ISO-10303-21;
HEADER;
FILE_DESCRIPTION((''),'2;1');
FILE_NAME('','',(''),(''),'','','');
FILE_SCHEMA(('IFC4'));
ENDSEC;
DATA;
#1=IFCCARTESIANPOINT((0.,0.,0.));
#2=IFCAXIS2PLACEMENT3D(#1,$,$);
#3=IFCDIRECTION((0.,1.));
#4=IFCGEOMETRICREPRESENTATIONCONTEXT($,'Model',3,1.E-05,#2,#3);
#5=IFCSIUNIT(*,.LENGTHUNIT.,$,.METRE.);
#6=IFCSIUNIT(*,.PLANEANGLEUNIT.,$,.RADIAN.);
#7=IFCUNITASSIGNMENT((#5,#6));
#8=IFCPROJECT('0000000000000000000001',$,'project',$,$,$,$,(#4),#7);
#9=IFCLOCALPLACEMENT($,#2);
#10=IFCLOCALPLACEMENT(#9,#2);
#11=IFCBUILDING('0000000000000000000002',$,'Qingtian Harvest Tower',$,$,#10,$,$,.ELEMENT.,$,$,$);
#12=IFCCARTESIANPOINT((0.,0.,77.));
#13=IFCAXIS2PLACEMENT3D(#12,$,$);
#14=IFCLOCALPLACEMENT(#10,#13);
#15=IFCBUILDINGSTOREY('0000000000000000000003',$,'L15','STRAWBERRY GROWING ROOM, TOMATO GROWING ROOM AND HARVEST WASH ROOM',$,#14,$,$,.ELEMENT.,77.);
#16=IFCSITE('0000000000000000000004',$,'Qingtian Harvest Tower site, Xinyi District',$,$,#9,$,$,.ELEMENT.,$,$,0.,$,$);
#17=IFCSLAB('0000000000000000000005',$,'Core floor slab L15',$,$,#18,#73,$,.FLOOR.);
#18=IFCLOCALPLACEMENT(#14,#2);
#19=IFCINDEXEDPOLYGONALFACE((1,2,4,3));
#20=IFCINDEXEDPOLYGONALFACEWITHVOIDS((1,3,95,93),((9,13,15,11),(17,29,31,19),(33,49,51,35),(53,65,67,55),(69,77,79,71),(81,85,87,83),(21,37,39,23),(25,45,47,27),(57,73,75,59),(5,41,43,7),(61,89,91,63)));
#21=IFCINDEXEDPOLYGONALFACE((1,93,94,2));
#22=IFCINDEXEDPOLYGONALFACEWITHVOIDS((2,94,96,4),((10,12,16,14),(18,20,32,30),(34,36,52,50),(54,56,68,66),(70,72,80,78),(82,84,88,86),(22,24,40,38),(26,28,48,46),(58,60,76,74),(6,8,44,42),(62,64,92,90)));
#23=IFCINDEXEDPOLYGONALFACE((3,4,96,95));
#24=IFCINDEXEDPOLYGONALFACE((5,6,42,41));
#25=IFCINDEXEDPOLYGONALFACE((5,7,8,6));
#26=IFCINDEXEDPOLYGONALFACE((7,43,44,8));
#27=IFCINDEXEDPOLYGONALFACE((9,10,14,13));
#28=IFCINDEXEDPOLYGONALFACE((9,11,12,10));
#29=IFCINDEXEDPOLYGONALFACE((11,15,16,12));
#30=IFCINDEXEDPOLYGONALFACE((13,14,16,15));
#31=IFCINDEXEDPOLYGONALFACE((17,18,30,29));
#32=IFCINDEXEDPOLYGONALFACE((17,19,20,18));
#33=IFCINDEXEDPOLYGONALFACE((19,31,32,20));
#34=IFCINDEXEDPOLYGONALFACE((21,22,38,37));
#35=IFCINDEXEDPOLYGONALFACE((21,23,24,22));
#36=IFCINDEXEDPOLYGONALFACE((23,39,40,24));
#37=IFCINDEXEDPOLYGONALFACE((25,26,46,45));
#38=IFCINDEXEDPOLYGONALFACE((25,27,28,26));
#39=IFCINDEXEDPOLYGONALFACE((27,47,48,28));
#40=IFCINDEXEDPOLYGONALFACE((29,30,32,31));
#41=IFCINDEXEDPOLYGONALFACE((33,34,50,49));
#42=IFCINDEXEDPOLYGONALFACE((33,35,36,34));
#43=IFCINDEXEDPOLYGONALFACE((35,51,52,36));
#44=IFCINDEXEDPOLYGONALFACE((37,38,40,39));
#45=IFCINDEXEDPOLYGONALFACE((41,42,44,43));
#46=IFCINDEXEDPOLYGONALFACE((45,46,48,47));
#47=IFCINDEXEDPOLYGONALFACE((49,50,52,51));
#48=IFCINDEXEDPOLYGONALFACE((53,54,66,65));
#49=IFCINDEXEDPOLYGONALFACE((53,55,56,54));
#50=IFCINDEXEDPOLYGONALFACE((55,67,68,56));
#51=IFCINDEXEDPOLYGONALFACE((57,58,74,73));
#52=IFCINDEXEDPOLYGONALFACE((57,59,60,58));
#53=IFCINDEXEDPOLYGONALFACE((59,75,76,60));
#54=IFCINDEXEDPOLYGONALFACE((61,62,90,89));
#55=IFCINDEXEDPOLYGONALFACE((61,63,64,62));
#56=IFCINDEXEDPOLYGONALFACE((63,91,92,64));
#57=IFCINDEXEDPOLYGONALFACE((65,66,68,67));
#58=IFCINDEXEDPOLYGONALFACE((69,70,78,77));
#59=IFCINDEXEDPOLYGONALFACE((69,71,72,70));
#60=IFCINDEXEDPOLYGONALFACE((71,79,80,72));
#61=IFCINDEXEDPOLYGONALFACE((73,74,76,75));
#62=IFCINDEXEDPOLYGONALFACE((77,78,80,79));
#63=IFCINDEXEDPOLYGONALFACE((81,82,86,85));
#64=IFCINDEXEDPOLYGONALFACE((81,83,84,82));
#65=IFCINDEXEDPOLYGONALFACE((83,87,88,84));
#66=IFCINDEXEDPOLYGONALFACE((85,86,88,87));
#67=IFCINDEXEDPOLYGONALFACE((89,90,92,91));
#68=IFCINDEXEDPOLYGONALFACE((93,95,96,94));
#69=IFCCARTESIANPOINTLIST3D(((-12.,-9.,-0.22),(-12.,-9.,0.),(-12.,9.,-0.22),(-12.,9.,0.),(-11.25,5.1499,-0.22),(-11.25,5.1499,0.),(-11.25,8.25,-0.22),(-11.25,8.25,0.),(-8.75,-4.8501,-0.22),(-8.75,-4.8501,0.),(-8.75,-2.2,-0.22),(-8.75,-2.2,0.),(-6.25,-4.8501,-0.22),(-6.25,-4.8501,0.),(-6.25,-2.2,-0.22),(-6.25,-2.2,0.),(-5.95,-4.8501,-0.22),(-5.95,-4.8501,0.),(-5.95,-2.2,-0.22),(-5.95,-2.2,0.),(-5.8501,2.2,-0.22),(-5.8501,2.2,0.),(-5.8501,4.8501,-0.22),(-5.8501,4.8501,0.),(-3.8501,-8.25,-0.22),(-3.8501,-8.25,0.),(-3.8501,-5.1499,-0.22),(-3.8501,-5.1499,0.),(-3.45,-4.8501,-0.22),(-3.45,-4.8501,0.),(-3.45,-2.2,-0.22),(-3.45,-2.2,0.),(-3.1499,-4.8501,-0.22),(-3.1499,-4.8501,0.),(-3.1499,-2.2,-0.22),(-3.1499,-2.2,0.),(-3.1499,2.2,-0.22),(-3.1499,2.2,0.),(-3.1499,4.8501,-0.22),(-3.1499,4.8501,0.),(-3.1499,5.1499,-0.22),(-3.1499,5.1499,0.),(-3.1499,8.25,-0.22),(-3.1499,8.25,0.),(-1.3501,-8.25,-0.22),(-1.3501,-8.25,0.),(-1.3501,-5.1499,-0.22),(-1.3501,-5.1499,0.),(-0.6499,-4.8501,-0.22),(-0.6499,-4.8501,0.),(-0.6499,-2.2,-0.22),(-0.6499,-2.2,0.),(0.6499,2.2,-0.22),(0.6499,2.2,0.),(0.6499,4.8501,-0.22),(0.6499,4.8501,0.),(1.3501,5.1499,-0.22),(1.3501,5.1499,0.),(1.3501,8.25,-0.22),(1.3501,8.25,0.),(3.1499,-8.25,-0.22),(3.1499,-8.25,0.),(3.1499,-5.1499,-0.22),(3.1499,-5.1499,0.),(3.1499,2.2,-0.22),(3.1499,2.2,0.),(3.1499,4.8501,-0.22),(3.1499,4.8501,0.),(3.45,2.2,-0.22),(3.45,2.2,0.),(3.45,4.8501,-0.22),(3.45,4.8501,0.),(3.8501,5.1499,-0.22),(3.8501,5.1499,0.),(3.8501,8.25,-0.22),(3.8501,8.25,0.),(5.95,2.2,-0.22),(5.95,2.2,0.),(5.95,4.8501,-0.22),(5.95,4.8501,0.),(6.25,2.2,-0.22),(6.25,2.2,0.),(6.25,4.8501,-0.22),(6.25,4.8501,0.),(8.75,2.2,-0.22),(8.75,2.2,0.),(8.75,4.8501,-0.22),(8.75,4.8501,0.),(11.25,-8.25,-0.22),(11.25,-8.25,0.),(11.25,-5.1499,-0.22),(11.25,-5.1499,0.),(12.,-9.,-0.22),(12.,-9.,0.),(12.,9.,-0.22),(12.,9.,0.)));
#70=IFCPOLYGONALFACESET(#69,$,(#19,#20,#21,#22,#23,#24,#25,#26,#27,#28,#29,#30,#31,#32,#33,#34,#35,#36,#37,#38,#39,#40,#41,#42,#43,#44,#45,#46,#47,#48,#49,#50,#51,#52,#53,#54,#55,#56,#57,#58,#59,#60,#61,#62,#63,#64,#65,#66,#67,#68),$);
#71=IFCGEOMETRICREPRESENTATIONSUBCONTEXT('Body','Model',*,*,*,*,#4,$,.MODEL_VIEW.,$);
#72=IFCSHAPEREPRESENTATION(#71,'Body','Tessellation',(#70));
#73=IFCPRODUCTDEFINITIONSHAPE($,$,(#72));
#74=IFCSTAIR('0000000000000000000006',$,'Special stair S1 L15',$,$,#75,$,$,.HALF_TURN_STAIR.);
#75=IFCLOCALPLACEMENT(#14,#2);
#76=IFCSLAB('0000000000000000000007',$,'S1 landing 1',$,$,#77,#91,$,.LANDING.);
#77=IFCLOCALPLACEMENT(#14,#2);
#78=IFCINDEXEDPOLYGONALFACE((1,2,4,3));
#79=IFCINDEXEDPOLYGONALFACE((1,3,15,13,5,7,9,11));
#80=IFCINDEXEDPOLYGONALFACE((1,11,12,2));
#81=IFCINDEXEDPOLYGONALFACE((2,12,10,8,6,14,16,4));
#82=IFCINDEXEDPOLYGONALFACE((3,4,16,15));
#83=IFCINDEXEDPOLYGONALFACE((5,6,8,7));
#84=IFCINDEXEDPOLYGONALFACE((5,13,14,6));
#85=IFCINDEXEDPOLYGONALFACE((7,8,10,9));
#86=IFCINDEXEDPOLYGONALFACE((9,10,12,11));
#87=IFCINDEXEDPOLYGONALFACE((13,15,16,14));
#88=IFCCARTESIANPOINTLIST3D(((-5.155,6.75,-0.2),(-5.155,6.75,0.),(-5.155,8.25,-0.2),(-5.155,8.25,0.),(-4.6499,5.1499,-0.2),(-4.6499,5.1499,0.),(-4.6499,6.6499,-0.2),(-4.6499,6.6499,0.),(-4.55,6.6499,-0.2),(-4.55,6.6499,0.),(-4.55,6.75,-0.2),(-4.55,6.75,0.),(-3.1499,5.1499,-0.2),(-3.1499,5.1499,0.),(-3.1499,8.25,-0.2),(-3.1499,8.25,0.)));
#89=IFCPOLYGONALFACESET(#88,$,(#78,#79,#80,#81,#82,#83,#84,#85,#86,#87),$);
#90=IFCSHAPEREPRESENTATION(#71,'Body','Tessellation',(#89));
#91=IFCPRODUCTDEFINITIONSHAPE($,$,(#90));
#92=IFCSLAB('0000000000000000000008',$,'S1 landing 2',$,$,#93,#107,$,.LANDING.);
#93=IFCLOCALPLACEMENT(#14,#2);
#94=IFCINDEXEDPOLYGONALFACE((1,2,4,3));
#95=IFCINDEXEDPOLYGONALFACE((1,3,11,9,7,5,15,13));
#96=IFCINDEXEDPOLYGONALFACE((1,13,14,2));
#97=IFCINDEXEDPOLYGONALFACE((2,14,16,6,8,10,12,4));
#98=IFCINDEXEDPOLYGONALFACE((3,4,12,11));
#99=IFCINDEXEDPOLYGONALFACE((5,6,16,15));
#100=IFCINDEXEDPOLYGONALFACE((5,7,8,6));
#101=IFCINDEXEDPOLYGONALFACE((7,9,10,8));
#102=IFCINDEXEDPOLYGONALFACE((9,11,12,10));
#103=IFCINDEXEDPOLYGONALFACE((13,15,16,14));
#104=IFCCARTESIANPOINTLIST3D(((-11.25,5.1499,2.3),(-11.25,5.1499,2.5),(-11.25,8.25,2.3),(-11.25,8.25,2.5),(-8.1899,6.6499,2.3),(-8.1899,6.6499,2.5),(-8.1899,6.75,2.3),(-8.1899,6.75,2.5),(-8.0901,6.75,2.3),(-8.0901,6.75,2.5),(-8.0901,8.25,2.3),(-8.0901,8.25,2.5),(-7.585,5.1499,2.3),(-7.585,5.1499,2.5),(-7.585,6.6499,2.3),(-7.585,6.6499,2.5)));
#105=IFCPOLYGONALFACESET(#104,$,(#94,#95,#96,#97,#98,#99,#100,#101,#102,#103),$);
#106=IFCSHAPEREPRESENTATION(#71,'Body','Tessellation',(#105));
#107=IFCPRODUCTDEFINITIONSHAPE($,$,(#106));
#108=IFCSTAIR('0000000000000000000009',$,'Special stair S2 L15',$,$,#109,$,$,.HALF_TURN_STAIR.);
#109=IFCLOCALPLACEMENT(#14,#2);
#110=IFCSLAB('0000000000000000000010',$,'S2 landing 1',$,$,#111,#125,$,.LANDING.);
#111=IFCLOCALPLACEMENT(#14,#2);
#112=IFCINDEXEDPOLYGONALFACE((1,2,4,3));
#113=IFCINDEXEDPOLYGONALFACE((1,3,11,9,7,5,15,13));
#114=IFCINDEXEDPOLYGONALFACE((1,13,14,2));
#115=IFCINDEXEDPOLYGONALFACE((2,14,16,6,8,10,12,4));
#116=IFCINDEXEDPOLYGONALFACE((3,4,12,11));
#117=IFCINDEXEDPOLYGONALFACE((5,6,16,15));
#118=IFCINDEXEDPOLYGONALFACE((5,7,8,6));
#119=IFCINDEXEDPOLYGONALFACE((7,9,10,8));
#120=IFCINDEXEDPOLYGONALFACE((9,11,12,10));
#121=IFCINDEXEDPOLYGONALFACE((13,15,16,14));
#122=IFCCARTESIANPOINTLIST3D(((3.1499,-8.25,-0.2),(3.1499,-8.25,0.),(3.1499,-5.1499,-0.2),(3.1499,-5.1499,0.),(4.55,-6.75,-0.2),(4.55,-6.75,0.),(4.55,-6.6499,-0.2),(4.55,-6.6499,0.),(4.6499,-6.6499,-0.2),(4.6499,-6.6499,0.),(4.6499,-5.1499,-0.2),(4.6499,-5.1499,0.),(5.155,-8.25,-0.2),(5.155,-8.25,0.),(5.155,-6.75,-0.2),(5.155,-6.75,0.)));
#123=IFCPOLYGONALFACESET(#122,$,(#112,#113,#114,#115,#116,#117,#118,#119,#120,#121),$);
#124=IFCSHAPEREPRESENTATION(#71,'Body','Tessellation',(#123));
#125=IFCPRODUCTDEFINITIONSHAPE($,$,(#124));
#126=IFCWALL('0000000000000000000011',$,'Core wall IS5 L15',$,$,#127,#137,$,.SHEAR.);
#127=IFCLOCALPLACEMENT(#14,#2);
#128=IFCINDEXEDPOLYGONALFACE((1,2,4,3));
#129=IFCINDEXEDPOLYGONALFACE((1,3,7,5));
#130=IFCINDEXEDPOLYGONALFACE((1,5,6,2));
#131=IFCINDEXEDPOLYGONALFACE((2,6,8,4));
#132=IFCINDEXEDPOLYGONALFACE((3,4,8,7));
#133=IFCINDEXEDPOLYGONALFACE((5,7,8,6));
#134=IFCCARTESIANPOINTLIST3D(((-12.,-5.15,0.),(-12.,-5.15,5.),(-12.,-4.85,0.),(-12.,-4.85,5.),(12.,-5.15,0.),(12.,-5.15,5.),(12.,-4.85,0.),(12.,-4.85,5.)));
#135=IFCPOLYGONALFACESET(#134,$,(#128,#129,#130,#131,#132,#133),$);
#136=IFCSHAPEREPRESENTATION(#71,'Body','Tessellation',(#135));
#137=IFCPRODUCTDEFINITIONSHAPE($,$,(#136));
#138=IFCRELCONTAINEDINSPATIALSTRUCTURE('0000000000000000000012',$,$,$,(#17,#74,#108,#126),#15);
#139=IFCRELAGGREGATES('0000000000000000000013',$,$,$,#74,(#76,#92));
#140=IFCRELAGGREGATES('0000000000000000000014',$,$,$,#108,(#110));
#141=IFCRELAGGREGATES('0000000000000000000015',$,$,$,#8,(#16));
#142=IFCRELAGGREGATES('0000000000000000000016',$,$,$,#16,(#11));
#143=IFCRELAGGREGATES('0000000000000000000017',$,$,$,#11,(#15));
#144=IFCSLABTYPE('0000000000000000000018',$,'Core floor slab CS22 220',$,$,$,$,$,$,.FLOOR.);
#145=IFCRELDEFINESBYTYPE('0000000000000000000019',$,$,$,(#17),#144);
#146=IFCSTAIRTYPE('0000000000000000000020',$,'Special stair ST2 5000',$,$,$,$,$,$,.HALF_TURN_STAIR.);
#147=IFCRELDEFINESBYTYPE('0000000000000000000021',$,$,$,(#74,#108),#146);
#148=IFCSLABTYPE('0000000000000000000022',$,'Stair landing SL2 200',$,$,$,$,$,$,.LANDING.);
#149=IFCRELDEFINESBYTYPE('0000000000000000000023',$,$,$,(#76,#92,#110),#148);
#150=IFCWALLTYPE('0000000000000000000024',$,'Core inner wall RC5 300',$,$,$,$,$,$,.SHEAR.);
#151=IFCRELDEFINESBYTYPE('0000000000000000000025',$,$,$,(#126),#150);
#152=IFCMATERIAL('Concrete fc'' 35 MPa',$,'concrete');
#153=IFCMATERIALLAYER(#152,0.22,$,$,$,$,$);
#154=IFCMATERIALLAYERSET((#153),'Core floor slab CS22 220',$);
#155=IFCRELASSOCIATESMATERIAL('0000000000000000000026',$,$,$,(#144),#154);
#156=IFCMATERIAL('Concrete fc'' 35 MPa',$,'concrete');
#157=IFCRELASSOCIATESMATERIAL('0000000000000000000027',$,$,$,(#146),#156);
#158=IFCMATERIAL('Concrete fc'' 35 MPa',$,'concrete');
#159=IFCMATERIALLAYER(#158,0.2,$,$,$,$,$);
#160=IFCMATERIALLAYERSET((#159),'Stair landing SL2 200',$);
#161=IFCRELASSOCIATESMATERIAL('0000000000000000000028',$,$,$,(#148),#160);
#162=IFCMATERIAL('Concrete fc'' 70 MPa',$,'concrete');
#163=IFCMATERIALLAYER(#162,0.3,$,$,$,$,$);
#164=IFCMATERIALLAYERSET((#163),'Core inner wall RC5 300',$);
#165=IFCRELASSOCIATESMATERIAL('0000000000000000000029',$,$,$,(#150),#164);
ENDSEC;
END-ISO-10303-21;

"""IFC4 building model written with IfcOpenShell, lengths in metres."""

from ifc_helpers import new_model, si_unit, direction, frame, frame_2d, origin, place, context, subcontext, project, spatial, polyline, rectangle, outline, extrude, material, layer, layer_set, type_object, element, aggregate, save


model = new_model("IFC4")

# Units and contexts
model_context = context("Model", 3, precision=1e-05, world=origin(), true_north=direction((0.0, 1.0)))
body_context = subcontext(model_context, "Body", "Model", "MODEL_VIEW")
ifc_project = project(units=[si_unit("LENGTHUNIT", "METRE"), si_unit("PLANEANGLEUNIT", "RADIAN")], contexts=[model_context])

# Site, building, storey
site_placement = place(None, origin())
site = spatial("IfcSite", under=ifc_project, at=site_placement, Name="Qingtian Harvest Tower site, Xinyi District", CompositionType="ELEMENT", RefElevation=0.0)
building_placement = place(site_placement, origin())
building = spatial("IfcBuilding", under=site, at=building_placement, Name="Qingtian Harvest Tower", CompositionType="ELEMENT")
storey_placement = place(building_placement, frame((0.0, 0.0, 77.0)))
storey = spatial("IfcBuildingStorey", under=building, at=storey_placement, Name="L15", Description="STRAWBERRY GROWING ROOM, TOMATO GROWING ROOM AND HARVEST WASH ROOM", CompositionType="ELEMENT", Elevation=77.0)

# Slab
ifc_material_1 = material(Name="Concrete fc' 35 MPa", Category="concrete")
ifc_layer_1 = layer(ifc_material_1, 0.22)
ifc_layer_set_1 = layer_set([ifc_layer_1], Name="Core floor slab CS22 220")
slab_type_1 = type_object("IfcSlabType", Name="Core floor slab CS22 220", PredefinedType="FLOOR", material=ifc_layer_set_1)
slab_1_placement = place(storey_placement, frame((0.0, 0.0, -0.22)))
element("IfcSlab", 1, at=slab_1_placement, inside=storey, type_object=slab_type_1, Name="Core floor slab L15", PredefinedType="FLOOR", context=body_context, shape_type="SweptSolid", body=[
    extrude(outline(polyline([(-12.0, -9.0), (12.0, -9.0), (12.0, 9.0), (-12.0, 9.0), (-12.0, -9.0)]), holes=[polyline([(-11.25, 5.1499), (-3.1499, 5.1499), (-3.1499, 8.25), (-11.25, 8.25), (-11.25, 5.1499)]), polyline([(3.1499, -8.25), (11.25, -8.25), (11.25, -5.1499), (3.1499, -5.1499), (3.1499, -8.25)]), polyline([(1.3501, 5.1499), (3.8501, 5.1499), (3.8501, 8.25), (1.3501, 8.25), (1.3501, 5.1499)]), polyline([(-3.8501, -8.25), (-1.3501, -8.25), (-1.3501, -5.1499), (-3.8501, -5.1499), (-3.8501, -8.25)]), polyline([(-5.8501, 2.2), (-3.1499, 2.2), (-3.1499, 4.8501), (-5.8501, 4.8501), (-5.8501, 2.2)]), polyline([(0.6499, 2.2), (3.1499, 2.2), (3.1499, 4.8501), (0.6499, 4.8501), (0.6499, 2.2)]), polyline([(3.45, 2.2), (5.95, 2.2), (5.95, 4.8501), (3.45, 4.8501), (3.45, 2.2)]), polyline([(6.25, 2.2), (8.75, 2.2), (8.75, 4.8501), (6.25, 4.8501), (6.25, 2.2)]), polyline([(-8.75, -4.8501), (-6.25, -4.8501), (-6.25, -2.2), (-8.75, -2.2), (-8.75, -4.8501)]), polyline([(-5.95, -4.8501), (-3.45, -4.8501), (-3.45, -2.2), (-5.95, -2.2), (-5.95, -4.8501)]), polyline([(-3.1499, -4.8501), (-0.6499, -4.8501), (-0.6499, -2.2), (-3.1499, -2.2), (-3.1499, -4.8501)])]), origin(), (0.0, 0.0, 1.0), 0.22),
])

# Stair, slabs
ifc_material_2 = material(Name="Concrete fc' 35 MPa", Category="concrete")
stair_type = type_object("IfcStairType", Name="Special stair ST2 5000", PredefinedType="HALF_TURN_STAIR", material=ifc_material_2)
stair_1_placement = place(storey_placement, origin())
stair_1 = element("IfcStair", 2, at=stair_1_placement, inside=storey, type_object=stair_type, Name="Special stair S1 L15", PredefinedType="HALF_TURN_STAIR")
ifc_material_3 = material(Name="Concrete fc' 35 MPa", Category="concrete")
ifc_layer_2 = layer(ifc_material_3, 0.2)
ifc_layer_set_2 = layer_set([ifc_layer_2], Name="Stair landing SL2 200")
slab_type_2 = type_object("IfcSlabType", Name="Stair landing SL2 200", PredefinedType="LANDING", material=ifc_layer_set_2)
slab_2_placement = place(storey_placement, frame((0.0, 0.0, -0.2)))
slab_2 = element("IfcSlab", 3, at=slab_2_placement, type_object=slab_type_2, Name="S1 landing 1", PredefinedType="LANDING", context=body_context, shape_type="SweptSolid", body=[
    extrude(outline(polyline([(-4.6499, 5.1499), (-4.6499, 6.6499), (-4.55, 6.6499), (-4.55, 6.75), (-5.155, 6.75), (-5.155, 8.25), (-3.1499, 8.25), (-3.1499, 5.1499), (-4.6499, 5.1499)])), origin(), (0.0, 0.0, 1.0), 0.2),
])
slab_3_placement = place(storey_placement, frame((0.0, 0.0, 2.3)))
slab_3 = element("IfcSlab", 4, at=slab_3_placement, type_object=slab_type_2, Name="S1 landing 2", PredefinedType="LANDING", context=body_context, shape_type="SweptSolid", body=[
    extrude(outline(polyline([(-7.585, 5.1499), (-11.25, 5.1499), (-11.25, 8.25), (-8.0901, 8.25), (-8.0901, 6.75), (-8.1899, 6.75), (-8.1899, 6.6499), (-7.585, 6.6499), (-7.585, 5.1499)])), origin(), (0.0, 0.0, 1.0), 0.2),
])
aggregate(stair_1, [slab_2, slab_3])

# Stair, slab
stair_2_placement = place(storey_placement, origin())
stair_2 = element("IfcStair", 5, at=stair_2_placement, inside=storey, type_object=stair_type, Name="Special stair S2 L15", PredefinedType="HALF_TURN_STAIR")
slab_4_placement = place(storey_placement, frame((0.0, 0.0, -0.2)))
slab_4 = element("IfcSlab", 6, at=slab_4_placement, type_object=slab_type_2, Name="S2 landing 1", PredefinedType="LANDING", context=body_context, shape_type="SweptSolid", body=[
    extrude(outline(polyline([(5.155, -8.25), (3.1499, -8.25), (3.1499, -5.1499), (4.6499, -5.1499), (4.6499, -6.6499), (4.55, -6.6499), (4.55, -6.75), (5.155, -6.75), (5.155, -8.25)])), origin(), (0.0, 0.0, 1.0), 0.2),
])
aggregate(stair_2, [slab_4])

# Wall
ifc_material_4 = material(Name="Concrete fc' 70 MPa", Category="concrete")
ifc_layer_3 = layer(ifc_material_4, 0.3)
ifc_layer_set_3 = layer_set([ifc_layer_3], Name="Core inner wall RC5 300")
wall_type_1 = type_object("IfcWallType", Name="Core inner wall RC5 300", PredefinedType="SHEAR", material=ifc_layer_set_3)
wall_1_placement = place(storey_placement, frame((-12.0, -5.0, 0.0), z_axis=(0.0, 0.0, 1.0), x_axis=(1.0, 0.0, 0.0)))
element("IfcWall", 7, at=wall_1_placement, inside=storey, type_object=wall_type_1, Name="Core wall IS5 L15", PredefinedType="SHEAR", context=body_context, shape_type="SweptSolid", body=[
    extrude(rectangle(XDim=24.0, YDim=0.3, at=frame_2d((12.0, 0.0))), origin(), (0.0, 0.0, 1.0), 5.0),
])

save(model, "model.ifc")
